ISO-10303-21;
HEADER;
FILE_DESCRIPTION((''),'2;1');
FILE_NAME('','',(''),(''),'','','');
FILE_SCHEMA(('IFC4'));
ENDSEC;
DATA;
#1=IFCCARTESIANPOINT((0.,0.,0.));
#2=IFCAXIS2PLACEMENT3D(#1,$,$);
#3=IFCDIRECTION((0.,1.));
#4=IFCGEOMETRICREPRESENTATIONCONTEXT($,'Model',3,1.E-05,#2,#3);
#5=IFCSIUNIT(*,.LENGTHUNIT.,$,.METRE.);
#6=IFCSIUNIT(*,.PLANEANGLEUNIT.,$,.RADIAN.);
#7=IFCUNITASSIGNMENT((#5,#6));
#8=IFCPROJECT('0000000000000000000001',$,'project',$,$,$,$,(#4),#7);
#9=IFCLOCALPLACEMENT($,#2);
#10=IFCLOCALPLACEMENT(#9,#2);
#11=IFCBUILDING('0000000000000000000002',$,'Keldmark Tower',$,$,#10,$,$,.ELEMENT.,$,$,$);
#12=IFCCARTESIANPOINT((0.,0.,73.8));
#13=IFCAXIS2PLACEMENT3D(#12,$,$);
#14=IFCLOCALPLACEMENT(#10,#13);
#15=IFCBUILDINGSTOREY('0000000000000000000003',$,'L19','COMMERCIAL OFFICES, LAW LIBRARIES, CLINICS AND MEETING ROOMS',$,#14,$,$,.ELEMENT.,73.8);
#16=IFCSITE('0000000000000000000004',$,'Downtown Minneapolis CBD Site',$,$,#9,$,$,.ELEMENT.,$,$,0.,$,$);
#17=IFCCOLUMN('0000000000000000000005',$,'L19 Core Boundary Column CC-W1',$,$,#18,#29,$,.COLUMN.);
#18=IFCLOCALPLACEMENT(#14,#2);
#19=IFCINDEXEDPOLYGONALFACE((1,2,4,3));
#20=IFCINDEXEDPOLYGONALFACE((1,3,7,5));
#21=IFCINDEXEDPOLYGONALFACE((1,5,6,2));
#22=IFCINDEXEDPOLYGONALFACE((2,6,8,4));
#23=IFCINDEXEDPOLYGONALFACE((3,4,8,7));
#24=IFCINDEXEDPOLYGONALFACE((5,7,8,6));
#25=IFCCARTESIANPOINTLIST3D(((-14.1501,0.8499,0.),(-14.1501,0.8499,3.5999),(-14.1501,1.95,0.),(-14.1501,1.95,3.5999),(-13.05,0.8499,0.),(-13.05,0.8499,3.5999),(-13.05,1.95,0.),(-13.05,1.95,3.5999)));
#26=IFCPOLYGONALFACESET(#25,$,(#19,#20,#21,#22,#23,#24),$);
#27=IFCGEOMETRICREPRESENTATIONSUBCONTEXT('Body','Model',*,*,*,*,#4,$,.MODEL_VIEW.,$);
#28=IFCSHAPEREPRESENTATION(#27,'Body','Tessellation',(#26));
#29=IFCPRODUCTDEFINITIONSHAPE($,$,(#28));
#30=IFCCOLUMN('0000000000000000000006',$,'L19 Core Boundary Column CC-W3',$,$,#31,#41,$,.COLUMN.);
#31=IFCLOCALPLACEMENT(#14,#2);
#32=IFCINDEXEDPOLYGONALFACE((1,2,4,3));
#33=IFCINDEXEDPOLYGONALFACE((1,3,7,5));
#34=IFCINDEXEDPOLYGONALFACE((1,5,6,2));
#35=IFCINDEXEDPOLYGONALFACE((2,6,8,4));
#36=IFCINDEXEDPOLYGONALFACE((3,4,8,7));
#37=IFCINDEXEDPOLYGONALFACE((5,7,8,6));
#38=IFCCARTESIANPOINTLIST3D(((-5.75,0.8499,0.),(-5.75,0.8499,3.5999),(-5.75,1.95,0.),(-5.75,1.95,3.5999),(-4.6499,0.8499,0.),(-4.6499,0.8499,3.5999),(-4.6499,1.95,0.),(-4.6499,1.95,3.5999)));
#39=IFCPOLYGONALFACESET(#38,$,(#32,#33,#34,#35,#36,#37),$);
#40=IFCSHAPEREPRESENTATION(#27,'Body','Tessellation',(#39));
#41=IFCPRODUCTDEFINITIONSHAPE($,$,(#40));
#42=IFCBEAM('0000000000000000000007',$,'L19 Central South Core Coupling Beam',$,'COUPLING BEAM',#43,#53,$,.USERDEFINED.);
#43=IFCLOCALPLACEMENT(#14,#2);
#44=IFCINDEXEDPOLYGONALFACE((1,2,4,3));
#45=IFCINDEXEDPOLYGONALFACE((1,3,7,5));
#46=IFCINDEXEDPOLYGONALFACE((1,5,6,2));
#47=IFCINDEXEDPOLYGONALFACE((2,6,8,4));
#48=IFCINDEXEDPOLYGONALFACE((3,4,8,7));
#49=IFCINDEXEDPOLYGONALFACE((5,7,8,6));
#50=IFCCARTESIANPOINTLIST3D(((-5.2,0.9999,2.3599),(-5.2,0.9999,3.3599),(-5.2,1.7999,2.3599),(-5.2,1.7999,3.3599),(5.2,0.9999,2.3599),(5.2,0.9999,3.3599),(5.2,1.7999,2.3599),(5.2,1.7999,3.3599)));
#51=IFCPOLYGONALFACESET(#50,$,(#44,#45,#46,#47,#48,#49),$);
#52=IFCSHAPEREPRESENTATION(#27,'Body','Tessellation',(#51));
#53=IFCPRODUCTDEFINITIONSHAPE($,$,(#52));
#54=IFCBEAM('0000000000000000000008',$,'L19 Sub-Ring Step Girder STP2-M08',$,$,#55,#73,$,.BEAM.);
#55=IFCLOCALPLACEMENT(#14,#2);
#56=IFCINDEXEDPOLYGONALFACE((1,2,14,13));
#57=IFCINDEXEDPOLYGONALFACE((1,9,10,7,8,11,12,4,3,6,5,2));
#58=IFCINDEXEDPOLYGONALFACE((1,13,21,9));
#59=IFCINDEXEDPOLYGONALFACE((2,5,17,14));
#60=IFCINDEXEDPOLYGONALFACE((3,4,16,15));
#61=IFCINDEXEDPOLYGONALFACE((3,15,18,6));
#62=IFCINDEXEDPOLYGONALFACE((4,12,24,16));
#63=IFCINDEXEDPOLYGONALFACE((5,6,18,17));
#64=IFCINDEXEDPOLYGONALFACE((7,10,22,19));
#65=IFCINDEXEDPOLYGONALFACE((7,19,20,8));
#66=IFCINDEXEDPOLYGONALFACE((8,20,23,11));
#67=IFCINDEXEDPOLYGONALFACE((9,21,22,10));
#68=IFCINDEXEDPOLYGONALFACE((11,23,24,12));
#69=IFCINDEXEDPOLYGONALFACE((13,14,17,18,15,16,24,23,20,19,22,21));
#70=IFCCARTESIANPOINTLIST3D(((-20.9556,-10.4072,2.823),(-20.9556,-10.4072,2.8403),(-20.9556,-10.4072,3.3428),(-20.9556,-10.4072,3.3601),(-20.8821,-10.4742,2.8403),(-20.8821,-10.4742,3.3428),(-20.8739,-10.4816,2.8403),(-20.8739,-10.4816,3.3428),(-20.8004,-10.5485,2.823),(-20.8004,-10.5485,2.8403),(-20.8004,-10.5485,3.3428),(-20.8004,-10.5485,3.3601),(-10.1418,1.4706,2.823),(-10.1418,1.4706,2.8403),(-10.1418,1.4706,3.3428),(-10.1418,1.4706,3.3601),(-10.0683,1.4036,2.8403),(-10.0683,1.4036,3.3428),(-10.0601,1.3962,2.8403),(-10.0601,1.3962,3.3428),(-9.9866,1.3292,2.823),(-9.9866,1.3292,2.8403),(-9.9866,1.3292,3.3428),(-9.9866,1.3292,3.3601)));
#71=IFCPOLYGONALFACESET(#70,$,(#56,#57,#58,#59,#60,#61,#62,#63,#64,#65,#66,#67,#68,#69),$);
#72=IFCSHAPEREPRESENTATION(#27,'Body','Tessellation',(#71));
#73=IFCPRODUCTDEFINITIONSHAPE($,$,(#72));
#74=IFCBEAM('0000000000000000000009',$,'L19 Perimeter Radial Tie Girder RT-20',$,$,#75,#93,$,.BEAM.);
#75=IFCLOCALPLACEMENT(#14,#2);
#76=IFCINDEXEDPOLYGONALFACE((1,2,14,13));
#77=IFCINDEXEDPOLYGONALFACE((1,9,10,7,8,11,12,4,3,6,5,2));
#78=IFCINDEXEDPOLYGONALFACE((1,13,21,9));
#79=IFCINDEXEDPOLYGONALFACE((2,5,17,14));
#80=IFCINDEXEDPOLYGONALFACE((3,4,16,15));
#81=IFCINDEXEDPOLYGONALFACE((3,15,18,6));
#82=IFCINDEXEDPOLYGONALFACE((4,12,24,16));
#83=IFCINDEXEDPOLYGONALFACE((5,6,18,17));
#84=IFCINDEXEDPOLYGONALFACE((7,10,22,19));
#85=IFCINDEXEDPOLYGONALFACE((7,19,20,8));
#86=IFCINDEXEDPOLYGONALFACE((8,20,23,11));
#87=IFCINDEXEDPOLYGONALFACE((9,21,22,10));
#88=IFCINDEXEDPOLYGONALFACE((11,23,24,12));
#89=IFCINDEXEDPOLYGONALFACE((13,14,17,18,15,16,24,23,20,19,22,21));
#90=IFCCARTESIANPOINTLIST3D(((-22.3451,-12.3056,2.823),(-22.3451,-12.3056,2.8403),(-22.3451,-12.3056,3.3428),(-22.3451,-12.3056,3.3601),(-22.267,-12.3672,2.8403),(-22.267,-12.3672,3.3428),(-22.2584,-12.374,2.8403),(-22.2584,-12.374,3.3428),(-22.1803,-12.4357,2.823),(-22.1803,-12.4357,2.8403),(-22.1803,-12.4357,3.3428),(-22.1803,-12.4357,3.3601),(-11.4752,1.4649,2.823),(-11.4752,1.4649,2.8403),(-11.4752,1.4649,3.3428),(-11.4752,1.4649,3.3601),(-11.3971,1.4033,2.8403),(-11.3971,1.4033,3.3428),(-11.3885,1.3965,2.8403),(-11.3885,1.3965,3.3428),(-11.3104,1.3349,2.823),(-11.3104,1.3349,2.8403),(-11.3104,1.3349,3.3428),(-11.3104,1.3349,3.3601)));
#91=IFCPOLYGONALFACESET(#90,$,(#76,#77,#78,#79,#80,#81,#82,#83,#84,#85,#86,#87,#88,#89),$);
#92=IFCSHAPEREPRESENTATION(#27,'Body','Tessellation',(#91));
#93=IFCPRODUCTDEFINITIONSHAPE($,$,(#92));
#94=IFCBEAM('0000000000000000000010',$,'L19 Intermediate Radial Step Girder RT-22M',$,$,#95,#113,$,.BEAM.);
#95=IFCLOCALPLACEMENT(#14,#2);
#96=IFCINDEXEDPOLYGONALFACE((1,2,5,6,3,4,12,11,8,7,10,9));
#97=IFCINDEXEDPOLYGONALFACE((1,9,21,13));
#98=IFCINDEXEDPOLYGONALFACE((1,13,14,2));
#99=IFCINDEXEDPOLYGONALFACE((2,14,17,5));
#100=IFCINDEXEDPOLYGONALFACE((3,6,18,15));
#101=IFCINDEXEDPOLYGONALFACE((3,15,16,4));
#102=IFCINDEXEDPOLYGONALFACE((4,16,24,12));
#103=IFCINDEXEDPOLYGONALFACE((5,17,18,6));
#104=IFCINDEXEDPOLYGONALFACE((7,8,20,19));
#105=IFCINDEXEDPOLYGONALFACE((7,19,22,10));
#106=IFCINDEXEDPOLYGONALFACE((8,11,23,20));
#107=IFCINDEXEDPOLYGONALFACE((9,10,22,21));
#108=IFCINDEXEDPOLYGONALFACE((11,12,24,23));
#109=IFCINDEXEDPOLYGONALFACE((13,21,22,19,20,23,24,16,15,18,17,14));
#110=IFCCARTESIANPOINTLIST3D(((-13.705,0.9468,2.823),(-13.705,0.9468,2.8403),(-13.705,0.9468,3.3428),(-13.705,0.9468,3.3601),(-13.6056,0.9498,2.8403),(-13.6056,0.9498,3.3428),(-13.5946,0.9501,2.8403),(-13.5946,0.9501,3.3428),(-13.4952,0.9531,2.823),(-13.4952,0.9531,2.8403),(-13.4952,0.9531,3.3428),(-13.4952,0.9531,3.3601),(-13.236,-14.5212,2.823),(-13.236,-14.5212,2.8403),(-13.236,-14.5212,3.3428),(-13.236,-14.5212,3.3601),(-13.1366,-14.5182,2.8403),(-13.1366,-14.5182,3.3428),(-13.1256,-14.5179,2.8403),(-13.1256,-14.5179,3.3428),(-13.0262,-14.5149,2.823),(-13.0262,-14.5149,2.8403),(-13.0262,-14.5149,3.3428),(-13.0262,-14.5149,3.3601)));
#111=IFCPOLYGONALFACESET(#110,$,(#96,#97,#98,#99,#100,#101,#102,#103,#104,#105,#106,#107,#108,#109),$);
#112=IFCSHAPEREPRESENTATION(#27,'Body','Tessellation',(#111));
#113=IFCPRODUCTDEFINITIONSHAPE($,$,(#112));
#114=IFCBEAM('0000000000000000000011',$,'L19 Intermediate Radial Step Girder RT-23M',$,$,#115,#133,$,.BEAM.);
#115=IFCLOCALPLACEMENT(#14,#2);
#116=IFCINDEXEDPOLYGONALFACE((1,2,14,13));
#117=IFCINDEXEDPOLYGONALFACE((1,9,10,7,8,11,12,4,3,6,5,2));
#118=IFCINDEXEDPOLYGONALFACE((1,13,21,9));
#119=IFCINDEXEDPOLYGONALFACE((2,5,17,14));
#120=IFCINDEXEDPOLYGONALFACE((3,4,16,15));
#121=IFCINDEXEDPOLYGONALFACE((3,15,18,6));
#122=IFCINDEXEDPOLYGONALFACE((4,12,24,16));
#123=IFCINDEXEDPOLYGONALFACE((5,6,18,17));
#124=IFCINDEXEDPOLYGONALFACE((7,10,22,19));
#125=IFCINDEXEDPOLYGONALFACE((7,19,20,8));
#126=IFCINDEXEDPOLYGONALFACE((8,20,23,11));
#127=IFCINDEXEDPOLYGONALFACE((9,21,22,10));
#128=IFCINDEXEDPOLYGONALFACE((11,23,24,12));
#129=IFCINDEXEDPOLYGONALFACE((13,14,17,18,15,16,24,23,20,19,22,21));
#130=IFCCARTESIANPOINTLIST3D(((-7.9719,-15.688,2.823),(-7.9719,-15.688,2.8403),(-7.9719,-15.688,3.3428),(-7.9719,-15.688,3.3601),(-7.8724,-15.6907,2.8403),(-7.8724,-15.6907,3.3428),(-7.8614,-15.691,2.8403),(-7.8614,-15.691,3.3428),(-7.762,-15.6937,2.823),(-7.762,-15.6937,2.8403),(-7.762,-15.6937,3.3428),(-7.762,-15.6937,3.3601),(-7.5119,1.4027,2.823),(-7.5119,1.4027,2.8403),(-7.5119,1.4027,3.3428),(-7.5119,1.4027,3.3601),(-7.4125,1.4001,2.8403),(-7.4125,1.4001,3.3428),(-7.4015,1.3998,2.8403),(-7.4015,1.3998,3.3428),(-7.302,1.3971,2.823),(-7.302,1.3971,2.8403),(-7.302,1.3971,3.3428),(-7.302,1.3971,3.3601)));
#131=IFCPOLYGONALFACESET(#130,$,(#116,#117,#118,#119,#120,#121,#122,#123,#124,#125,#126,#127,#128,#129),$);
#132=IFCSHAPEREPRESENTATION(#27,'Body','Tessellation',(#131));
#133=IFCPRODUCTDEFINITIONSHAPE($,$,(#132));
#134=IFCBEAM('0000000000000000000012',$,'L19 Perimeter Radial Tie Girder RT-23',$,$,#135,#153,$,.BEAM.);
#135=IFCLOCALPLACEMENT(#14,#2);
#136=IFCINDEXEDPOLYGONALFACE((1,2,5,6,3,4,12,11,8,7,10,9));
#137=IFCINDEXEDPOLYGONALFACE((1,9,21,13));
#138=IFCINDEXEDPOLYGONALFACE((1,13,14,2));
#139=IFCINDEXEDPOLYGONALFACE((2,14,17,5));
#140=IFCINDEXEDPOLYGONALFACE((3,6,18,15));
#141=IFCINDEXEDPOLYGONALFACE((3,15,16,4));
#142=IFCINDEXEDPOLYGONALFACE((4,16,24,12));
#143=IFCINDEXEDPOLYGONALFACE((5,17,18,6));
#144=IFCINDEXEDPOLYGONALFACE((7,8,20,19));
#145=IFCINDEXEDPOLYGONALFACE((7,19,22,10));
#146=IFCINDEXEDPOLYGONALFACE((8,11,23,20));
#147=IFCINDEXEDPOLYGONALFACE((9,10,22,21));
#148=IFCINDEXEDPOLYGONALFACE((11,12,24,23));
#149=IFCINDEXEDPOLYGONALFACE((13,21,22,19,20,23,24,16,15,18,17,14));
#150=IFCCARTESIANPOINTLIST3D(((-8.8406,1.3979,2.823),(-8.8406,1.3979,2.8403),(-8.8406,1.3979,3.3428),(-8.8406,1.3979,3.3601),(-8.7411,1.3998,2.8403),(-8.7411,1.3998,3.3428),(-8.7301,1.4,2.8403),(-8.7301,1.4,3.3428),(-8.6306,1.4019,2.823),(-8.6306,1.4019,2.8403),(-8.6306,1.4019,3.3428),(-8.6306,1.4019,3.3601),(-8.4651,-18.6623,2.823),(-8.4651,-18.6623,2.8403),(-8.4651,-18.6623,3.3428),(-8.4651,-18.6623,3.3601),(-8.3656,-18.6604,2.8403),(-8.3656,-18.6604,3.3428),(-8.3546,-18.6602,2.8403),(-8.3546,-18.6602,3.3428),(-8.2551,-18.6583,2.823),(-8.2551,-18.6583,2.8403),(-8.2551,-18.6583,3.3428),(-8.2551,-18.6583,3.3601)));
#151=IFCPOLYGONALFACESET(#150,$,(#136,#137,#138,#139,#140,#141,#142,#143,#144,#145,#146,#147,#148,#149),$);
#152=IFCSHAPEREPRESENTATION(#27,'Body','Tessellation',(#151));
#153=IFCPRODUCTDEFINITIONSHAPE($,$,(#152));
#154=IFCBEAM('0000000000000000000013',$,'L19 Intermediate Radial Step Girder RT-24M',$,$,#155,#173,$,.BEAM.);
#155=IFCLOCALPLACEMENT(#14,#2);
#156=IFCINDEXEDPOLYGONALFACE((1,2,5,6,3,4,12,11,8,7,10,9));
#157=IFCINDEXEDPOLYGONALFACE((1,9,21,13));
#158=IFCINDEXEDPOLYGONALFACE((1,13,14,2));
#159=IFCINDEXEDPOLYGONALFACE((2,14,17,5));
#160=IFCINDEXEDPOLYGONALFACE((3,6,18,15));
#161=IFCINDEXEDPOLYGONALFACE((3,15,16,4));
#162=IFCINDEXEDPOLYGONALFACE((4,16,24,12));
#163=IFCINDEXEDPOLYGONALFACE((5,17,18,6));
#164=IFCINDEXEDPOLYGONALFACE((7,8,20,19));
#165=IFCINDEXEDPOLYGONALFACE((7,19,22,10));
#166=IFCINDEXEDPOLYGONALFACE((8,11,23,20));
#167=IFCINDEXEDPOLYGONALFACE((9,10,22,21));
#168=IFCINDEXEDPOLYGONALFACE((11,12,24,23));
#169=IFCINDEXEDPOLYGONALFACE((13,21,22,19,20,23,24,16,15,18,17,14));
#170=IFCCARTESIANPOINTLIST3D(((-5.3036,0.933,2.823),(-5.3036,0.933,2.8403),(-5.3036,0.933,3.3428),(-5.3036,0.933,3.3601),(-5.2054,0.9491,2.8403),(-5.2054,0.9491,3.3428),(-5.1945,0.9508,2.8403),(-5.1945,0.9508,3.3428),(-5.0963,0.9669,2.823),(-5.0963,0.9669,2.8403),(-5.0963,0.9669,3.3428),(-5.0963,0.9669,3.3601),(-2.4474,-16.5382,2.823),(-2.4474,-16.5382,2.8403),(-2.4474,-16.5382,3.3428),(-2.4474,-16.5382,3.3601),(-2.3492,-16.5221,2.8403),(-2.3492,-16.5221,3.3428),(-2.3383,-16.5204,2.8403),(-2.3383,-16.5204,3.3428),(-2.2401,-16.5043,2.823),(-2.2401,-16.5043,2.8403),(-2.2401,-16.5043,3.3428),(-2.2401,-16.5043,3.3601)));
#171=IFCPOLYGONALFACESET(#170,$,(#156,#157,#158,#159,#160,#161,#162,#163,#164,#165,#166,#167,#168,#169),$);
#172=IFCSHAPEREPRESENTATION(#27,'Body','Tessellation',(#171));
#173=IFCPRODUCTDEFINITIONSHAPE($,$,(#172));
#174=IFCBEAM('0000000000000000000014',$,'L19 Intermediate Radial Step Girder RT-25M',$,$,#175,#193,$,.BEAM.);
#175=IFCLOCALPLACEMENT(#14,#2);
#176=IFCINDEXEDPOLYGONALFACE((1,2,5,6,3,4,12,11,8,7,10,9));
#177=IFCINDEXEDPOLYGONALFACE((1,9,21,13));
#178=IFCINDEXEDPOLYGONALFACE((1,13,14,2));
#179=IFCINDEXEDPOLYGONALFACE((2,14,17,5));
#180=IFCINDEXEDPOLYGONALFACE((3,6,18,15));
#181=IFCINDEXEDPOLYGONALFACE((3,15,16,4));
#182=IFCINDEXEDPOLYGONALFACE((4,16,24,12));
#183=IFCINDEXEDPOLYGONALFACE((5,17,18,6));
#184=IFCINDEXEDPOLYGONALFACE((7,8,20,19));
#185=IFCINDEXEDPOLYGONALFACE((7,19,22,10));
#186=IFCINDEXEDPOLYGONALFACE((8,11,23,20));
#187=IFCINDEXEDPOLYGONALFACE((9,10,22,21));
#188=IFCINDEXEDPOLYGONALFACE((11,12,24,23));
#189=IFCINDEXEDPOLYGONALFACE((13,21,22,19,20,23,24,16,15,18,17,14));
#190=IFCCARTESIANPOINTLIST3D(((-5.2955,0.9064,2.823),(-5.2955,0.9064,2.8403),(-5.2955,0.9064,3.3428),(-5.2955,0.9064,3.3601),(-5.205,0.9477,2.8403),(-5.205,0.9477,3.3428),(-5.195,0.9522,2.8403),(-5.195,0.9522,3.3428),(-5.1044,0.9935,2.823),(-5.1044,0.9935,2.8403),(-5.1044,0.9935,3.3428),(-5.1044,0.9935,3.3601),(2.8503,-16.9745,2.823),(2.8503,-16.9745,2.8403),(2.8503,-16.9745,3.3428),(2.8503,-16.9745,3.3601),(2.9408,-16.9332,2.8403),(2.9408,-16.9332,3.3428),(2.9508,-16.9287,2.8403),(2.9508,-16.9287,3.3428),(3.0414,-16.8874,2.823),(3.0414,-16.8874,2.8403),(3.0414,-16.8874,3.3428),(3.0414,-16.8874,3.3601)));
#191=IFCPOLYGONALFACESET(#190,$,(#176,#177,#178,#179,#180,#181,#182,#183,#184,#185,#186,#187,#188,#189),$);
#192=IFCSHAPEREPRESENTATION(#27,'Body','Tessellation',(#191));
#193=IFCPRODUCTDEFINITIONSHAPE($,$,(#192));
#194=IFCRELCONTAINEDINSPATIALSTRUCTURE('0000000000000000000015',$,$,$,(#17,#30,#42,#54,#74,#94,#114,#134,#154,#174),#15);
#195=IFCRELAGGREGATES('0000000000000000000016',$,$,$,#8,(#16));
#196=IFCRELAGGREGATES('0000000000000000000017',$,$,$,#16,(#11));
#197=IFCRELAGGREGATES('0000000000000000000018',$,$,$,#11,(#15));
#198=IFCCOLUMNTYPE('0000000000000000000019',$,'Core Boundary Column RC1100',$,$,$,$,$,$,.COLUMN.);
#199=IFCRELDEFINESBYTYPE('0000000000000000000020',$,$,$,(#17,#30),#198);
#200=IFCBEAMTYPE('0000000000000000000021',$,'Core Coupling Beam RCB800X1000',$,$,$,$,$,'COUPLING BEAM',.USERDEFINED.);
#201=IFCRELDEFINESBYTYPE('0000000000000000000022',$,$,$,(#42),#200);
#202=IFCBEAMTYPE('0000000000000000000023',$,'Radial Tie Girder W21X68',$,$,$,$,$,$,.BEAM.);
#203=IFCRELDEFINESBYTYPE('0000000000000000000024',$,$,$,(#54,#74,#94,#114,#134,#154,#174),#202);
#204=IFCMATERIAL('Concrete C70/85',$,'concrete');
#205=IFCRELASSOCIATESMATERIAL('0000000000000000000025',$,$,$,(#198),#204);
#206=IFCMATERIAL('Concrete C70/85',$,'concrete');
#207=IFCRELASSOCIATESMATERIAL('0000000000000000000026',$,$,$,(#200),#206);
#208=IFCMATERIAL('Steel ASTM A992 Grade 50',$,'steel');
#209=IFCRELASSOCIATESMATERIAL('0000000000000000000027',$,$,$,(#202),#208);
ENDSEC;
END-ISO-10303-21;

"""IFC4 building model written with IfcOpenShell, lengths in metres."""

from ifc_helpers import new_model, si_unit, direction, frame, origin, origin_2d, place, context, subcontext, project, spatial, rectangle, i_section, extrude, material, material_profile, profile_set, type_object, element, save


model = new_model("IFC4")

# Units and contexts
model_context = context("Model", 3, precision=1e-05, world=origin(), true_north=direction((0.0, 1.0)))
body_context = subcontext(model_context, "Body", "Model", "MODEL_VIEW")
ifc_project = project(units=[si_unit("LENGTHUNIT", "METRE"), si_unit("PLANEANGLEUNIT", "RADIAN")], contexts=[model_context])

# Site, building, storey
site_placement = place(None, origin())
site = spatial("IfcSite", under=ifc_project, at=site_placement, Name="Downtown Minneapolis CBD Site", CompositionType="ELEMENT", RefElevation=0.0)
building_placement = place(site_placement, origin())
building = spatial("IfcBuilding", under=site, at=building_placement, Name="Keldmark Tower", CompositionType="ELEMENT")
storey_placement = place(building_placement, frame((0.0, 0.0, 73.8)))
storey = spatial("IfcBuildingStorey", under=building, at=storey_placement, Name="L19", Description="COMMERCIAL OFFICES, LAW LIBRARIES, CLINICS AND MEETING ROOMS", CompositionType="ELEMENT", Elevation=73.8)

# Columns
ifc_material_1 = material(Name="Concrete C70/85", Category="concrete")
ifc_material_profile_1 = material_profile(ifc_material_1, rectangle(XDim=1.1001, YDim=1.1001, at=origin_2d()), Name="RC1100X1100")
ifc_profile_set_1 = profile_set([ifc_material_profile_1], Name="Concrete C70/85")
column_type = type_object("IfcColumnType", Name="Core Boundary Column RC1100", PredefinedType="COLUMN", material=ifc_profile_set_1)
for number, where, z_axis, x_axis, name in (
    (1, (-13.6001, 1.3999, 0.0), (0.0, 0.0, 1.0), (1.0, 0.0, 0.0), "L19 Core Boundary Column CC-W1"),
    (2, (-5.2, 1.3999, 0.0), (0.0, 0.0, 1.0), (1.0, 0.0, 0.0), "L19 Core Boundary Column CC-W3"),
):
    element("IfcColumn", number, at=place(storey_placement, frame(where, z_axis=z_axis, x_axis=x_axis)), inside=storey, type_object=column_type, Name=name, PredefinedType="COLUMN", context=body_context, shape_type="SweptSolid", body=[
        extrude(rectangle(XDim=1.1001, YDim=1.1001, at=origin_2d()), origin(), (0.0, 0.0, 1.0), 3.5999),
    ])

# Beams
ifc_material_2 = material(Name="Concrete C70/85", Category="concrete")
ifc_material_profile_2 = material_profile(ifc_material_2, rectangle(XDim=0.8, YDim=1.0, at=origin_2d()), Name="RCB800X1000")
ifc_profile_set_2 = profile_set([ifc_material_profile_2], Name="Concrete C70/85")
beam_type_1 = type_object("IfcBeamType", Name="Core Coupling Beam RCB800X1000", ElementType="COUPLING BEAM", PredefinedType="USERDEFINED", material=ifc_profile_set_2)
beam_1_placement = place(storey_placement, frame((-5.2, 1.3999, 2.8599), z_axis=(1.0, 0.0, 0.0), x_axis=(0.0, 1.0, 0.0)))
element("IfcBeam", 3, at=beam_1_placement, inside=storey, type_object=beam_type_1, Name="L19 Central South Core Coupling Beam", ObjectType="COUPLING BEAM", PredefinedType="USERDEFINED", context=body_context, shape_type="SweptSolid", body=[
    extrude(rectangle(XDim=0.8, YDim=1.0, at=origin_2d()), origin(), (0.0, 0.0, 1.0), 10.3999),
])
ifc_material_3 = material(Name="Steel ASTM A992 Grade 50", Category="steel")
ifc_material_profile_3 = material_profile(ifc_material_3, i_section(OverallWidth=0.21, OverallDepth=0.5371, WebThickness=0.011, FlangeThickness=0.0173, at=origin_2d()), Name="W21X68")
ifc_profile_set_3 = profile_set([ifc_material_profile_3], Name="Steel ASTM A992 Grade 50")
beam_type_2 = type_object("IfcBeamType", Name="Radial Tie Girder W21X68", PredefinedType="BEAM", material=ifc_profile_set_3)
beam_2_placement = place(storey_placement, frame((-10.0642, 1.3999, 3.0916), z_axis=(-0.673212, -0.73945, 0.0), x_axis=(0.73945, -0.673212, 0.0)))
element("IfcBeam", 4, at=beam_2_placement, inside=storey, type_object=beam_type_2, Name="L19 Sub-Ring Step Girder STP2-M08", PredefinedType="BEAM", context=body_context, shape_type="SweptSolid", body=[
    extrude(i_section(OverallWidth=0.21, OverallDepth=0.5371, WebThickness=0.011, FlangeThickness=0.0173, at=origin_2d()), origin(), (0.0, 0.0, 1.0), 16.063),
])
beam_3_placement = place(storey_placement, frame((-11.3928, 1.3999, 3.0916), z_axis=(-0.619589, -0.784927, 0.0), x_axis=(0.784927, -0.619589, 0.0)))
element("IfcBeam", 5, at=beam_3_placement, inside=storey, type_object=beam_type_2, Name="L19 Perimeter Radial Tie Girder RT-20", PredefinedType="BEAM", context=body_context, shape_type="SweptSolid", body=[
    extrude(i_section(OverallWidth=0.21, OverallDepth=0.5371, WebThickness=0.011, FlangeThickness=0.0173, at=origin_2d()), origin(), (0.0, 0.0, 1.0), 17.5437),
])
beam_4_placement = place(storey_placement, frame((-13.6001, 0.95, 3.0916), z_axis=(0.030306, -0.999541, 0.0), x_axis=(0.999541, 0.030306, 0.0)))
element("IfcBeam", 6, at=beam_4_placement, inside=storey, type_object=beam_type_2, Name="L19 Intermediate Radial Step Girder RT-22M", PredefinedType="BEAM", context=body_context, shape_type="SweptSolid", body=[
    extrude(i_section(OverallWidth=0.21, OverallDepth=0.5371, WebThickness=0.011, FlangeThickness=0.0173, at=origin_2d()), origin(), (0.0, 0.0, 1.0), 15.4751),
])
beam_5_placement = place(storey_placement, frame((-7.407, 1.3999, 3.0916), z_axis=(-0.026903, -0.999638, 0.0), x_axis=(0.999638, -0.026903, 0.0)))
element("IfcBeam", 7, at=beam_5_placement, inside=storey, type_object=beam_type_2, Name="L19 Intermediate Radial Step Girder RT-23M", PredefinedType="BEAM", context=body_context, shape_type="SweptSolid", body=[
    extrude(i_section(OverallWidth=0.21, OverallDepth=0.5371, WebThickness=0.011, FlangeThickness=0.0173, at=origin_2d()), origin(), (0.0, 0.0, 1.0), 17.0969),
])
beam_6_placement = place(storey_placement, frame((-8.7356, 1.3999, 3.0916), z_axis=(0.018715, -0.999825, 0.0), x_axis=(0.999825, 0.018715, 0.0)))
element("IfcBeam", 8, at=beam_6_placement, inside=storey, type_object=beam_type_2, Name="L19 Perimeter Radial Tie Girder RT-23", PredefinedType="BEAM", context=body_context, shape_type="SweptSolid", body=[
    extrude(i_section(OverallWidth=0.21, OverallDepth=0.5371, WebThickness=0.011, FlangeThickness=0.0173, at=origin_2d()), origin(), (0.0, 0.0, 1.0), 20.0637),
])
beam_7_placement = place(storey_placement, frame((-5.2, 0.95, 3.0916), z_axis=(0.161339, -0.986899, 0.0), x_axis=(0.986899, 0.161339, 0.0)))
element("IfcBeam", 9, at=beam_7_placement, inside=storey, type_object=beam_type_2, Name="L19 Intermediate Radial Step Girder RT-24M", PredefinedType="BEAM", context=body_context, shape_type="SweptSolid", body=[
    extrude(i_section(OverallWidth=0.21, OverallDepth=0.5371, WebThickness=0.011, FlangeThickness=0.0173, at=origin_2d()), origin(), (0.0, 0.0, 1.0), 17.7031),
])
beam_8_placement = place(storey_placement, frame((-5.2, 0.95, 3.0916), z_axis=(0.414566, -0.910019, 0.0), x_axis=(0.910019, 0.414566, 0.0)))
element("IfcBeam", 10, at=beam_8_placement, inside=storey, type_object=beam_type_2, Name="L19 Intermediate Radial Step Girder RT-25M", PredefinedType="BEAM", context=body_context, shape_type="SweptSolid", body=[
    extrude(i_section(OverallWidth=0.21, OverallDepth=0.5371, WebThickness=0.011, FlangeThickness=0.0173, at=origin_2d()), origin(), (0.0, 0.0, 1.0), 19.6489),
])

save(model, "model.ifc")
